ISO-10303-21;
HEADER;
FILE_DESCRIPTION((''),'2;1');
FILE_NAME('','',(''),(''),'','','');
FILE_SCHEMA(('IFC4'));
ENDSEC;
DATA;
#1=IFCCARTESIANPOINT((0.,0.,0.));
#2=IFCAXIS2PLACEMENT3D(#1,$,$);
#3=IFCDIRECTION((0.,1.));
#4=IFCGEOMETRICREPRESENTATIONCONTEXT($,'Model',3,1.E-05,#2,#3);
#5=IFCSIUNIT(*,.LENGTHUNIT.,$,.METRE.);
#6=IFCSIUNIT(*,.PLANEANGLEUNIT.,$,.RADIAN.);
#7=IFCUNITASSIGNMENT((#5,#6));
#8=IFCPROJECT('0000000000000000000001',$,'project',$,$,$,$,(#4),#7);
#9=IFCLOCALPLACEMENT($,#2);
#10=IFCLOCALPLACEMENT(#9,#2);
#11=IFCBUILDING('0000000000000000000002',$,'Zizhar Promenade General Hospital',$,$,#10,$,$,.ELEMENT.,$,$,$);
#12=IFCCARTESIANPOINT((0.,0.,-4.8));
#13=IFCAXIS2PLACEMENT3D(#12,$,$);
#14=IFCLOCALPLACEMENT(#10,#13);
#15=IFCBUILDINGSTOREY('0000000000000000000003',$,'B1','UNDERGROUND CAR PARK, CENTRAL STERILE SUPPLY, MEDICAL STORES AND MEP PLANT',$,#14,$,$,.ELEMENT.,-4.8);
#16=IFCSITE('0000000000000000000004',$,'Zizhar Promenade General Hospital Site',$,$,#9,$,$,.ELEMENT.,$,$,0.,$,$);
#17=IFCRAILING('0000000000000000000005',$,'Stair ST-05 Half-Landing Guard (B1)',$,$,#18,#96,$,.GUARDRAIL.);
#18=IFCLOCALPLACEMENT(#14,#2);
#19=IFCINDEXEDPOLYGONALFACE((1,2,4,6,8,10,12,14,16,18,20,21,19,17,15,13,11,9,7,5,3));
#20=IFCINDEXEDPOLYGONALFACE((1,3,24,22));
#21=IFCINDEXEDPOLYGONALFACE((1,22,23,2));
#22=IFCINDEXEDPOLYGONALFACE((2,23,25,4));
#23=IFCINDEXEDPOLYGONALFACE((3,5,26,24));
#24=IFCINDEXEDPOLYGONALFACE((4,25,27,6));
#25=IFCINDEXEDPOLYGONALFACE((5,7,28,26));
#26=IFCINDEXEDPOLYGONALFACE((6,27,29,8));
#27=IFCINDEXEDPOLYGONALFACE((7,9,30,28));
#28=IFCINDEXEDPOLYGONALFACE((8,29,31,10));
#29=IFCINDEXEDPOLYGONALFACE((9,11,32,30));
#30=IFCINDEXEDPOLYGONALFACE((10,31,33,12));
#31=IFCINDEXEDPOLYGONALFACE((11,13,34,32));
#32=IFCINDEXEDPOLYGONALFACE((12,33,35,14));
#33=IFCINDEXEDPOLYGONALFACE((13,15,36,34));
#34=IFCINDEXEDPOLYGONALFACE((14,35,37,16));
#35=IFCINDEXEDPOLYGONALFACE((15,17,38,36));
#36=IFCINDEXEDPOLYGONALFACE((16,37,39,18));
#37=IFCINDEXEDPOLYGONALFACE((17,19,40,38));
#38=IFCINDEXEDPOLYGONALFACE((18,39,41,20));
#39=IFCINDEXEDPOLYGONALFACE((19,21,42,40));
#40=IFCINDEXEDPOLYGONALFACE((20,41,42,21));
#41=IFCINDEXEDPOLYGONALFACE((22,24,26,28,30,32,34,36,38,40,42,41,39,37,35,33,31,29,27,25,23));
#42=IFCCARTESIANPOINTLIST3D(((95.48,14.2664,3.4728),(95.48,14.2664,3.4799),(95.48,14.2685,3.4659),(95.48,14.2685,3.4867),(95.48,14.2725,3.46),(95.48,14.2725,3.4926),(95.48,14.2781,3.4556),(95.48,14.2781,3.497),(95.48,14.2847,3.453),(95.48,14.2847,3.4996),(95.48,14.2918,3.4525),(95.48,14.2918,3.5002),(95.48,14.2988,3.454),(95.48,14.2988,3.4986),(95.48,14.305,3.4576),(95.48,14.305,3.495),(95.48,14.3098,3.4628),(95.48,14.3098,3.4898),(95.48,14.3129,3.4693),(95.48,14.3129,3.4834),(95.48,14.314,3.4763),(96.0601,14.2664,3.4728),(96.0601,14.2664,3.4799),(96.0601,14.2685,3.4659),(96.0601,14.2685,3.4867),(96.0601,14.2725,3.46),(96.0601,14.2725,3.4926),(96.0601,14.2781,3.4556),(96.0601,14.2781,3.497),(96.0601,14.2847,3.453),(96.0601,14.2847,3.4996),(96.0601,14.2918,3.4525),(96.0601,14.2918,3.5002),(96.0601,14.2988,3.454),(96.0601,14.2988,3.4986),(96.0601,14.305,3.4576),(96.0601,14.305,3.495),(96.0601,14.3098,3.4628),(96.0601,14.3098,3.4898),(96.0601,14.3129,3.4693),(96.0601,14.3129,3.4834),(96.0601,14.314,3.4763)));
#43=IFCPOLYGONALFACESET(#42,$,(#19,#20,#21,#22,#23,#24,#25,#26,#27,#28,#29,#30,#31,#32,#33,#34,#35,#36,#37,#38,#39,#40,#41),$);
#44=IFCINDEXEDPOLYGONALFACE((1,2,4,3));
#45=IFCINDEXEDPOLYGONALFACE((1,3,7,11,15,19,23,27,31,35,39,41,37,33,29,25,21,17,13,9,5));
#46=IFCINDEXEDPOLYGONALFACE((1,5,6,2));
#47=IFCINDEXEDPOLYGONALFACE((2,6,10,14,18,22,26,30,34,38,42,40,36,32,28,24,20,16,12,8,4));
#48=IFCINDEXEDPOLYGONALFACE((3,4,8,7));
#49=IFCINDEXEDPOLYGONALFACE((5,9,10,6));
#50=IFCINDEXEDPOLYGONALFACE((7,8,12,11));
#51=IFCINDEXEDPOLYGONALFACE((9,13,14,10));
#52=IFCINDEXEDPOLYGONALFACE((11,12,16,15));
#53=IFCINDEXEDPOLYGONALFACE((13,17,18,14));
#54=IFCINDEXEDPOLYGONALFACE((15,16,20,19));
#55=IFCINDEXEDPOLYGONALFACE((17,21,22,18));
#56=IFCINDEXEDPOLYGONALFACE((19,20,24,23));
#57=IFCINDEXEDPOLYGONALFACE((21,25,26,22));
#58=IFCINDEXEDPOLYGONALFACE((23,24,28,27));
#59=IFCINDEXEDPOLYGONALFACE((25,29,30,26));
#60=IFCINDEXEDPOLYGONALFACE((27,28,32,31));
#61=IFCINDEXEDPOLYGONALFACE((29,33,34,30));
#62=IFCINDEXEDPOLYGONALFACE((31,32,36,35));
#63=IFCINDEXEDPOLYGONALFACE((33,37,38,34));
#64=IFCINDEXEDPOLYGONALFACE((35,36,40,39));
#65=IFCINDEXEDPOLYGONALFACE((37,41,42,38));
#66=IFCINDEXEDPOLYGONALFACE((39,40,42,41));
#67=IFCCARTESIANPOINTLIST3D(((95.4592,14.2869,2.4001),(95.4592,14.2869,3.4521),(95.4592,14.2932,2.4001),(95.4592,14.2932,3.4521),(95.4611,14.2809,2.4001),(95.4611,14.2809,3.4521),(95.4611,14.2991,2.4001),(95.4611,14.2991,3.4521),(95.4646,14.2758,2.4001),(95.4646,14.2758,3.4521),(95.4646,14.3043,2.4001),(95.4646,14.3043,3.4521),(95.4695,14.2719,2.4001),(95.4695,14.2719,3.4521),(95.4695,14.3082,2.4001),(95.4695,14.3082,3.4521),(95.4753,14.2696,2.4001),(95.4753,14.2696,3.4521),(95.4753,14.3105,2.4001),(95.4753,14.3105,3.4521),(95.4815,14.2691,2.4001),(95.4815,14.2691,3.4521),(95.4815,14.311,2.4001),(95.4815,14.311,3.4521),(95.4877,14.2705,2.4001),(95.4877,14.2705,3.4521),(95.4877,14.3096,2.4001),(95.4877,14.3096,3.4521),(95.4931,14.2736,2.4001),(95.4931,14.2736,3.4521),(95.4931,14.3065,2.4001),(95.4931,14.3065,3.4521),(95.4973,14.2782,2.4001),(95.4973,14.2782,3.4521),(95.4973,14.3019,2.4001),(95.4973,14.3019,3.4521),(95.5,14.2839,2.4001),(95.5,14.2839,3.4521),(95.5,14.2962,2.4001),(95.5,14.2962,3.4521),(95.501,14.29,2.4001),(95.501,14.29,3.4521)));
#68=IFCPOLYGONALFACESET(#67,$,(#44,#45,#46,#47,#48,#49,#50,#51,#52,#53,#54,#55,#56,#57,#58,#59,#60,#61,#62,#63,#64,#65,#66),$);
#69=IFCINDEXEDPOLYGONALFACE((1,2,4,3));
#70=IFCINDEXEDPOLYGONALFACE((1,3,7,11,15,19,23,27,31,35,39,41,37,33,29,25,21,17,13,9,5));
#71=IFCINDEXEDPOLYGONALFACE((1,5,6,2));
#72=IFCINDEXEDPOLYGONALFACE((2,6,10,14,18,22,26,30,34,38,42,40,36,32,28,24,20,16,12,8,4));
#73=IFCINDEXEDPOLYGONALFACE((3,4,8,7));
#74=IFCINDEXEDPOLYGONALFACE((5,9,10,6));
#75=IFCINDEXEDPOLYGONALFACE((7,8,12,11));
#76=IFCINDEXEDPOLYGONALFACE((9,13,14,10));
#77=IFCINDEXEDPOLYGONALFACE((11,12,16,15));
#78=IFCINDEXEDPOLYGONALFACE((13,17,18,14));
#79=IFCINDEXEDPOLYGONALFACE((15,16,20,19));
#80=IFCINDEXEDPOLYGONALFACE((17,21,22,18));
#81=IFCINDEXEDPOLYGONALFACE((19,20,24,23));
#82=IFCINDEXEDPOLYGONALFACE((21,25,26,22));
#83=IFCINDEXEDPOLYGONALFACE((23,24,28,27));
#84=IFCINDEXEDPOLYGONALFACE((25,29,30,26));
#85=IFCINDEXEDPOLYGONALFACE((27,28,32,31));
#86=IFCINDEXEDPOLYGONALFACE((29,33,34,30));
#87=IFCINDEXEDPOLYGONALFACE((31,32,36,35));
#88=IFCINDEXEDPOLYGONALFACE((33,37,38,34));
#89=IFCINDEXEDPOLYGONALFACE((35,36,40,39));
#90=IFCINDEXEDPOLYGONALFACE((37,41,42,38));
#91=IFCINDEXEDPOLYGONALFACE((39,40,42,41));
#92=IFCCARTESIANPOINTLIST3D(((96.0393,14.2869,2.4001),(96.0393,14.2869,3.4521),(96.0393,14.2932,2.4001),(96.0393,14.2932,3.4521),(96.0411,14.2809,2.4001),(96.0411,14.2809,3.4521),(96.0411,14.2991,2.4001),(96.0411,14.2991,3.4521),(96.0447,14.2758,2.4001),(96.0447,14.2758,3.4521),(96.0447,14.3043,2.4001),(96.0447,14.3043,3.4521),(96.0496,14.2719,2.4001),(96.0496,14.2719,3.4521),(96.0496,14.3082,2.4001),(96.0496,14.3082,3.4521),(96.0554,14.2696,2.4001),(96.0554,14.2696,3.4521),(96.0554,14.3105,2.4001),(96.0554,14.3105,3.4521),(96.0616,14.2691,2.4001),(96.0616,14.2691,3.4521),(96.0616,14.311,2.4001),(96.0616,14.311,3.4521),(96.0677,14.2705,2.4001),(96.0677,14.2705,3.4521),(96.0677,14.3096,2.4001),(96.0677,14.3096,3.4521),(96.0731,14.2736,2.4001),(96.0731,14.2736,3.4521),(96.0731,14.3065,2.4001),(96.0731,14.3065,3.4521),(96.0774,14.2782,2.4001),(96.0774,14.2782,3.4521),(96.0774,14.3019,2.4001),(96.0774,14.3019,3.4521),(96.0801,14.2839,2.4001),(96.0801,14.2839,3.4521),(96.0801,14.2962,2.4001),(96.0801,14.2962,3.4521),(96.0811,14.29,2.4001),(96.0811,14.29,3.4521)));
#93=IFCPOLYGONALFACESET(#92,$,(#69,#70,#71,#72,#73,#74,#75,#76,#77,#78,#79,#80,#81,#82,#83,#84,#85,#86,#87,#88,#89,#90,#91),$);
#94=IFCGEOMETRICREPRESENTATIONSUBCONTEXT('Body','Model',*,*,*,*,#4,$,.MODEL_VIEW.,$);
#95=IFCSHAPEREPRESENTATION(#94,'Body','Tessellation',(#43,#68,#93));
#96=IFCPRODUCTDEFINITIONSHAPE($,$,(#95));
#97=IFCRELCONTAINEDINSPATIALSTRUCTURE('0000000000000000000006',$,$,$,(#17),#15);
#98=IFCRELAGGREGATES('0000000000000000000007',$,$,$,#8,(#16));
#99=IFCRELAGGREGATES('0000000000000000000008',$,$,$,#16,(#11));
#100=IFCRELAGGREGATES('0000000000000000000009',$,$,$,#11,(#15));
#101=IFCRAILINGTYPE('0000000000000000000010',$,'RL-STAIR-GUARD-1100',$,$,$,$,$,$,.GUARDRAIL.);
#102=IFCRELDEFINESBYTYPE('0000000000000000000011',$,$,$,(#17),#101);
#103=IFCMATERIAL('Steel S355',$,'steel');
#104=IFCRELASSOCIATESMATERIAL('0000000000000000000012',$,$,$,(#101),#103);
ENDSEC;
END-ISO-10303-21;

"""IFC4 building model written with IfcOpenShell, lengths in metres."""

from ifc_helpers import new_model, si_unit, direction, frame, origin, origin_2d, place, context, subcontext, project, spatial, circle, hollow_circle, extrude, material, material_profile, profile_set, type_object, element, save


model = new_model("IFC4")

# Units and contexts
model_context = context("Model", 3, precision=1e-05, world=origin(), true_north=direction((0.0, 1.0)))
body_context = subcontext(model_context, "Body", "Model", "MODEL_VIEW")
ifc_project = project(units=[si_unit("LENGTHUNIT", "METRE"), si_unit("PLANEANGLEUNIT", "RADIAN")], contexts=[model_context])

# Site, building, storey
site_placement = place(None, origin())
site = spatial("IfcSite", under=ifc_project, at=site_placement, Name="Zizhar Promenade General Hospital Site", CompositionType="ELEMENT", RefElevation=0.0)
building_placement = place(site_placement, origin())
building = spatial("IfcBuilding", under=site, at=building_placement, Name="Zizhar Promenade General Hospital", CompositionType="ELEMENT")
storey_placement = place(building_placement, frame((0.0, 0.0, -4.8)))
storey = spatial("IfcBuildingStorey", under=building, at=storey_placement, Name="B1", Description="UNDERGROUND CAR PARK, CENTRAL STERILE SUPPLY, MEDICAL STORES AND MEP PLANT", CompositionType="ELEMENT", Elevation=-4.8)

# Railing
ifc_material_1 = material(Name="Steel S355", Category="steel")
ifc_material_profile_1 = material_profile(ifc_material_1, hollow_circle(Radius=0.0698, WallThickness=0.0063, at=origin_2d()))
ifc_profile_set_1 = profile_set([ifc_material_profile_1], Name="Steel S355")
railing_type_1 = type_object("IfcRailingType", Name="RL-STAIR-GUARD-1100", PredefinedType="GUARDRAIL", material=ifc_profile_set_1)
railing_1_placement = place(storey_placement, frame((95.48, 14.29, 2.4001)))
element("IfcRailing", 1, at=railing_1_placement, inside=storey, type_object=railing_type_1, Name="Stair ST-05 Half-Landing Guard (B1)", PredefinedType="GUARDRAIL", context=body_context, shape_type="SweptSolid", body=[
    extrude(circle(Radius=0.0239, at=origin_2d()), frame((0.0, 0.0, 1.0762), z_axis=(1.0, 0.0, 0.0), x_axis=(0.0, 1.0, 0.0)), (0.0, 0.0, 1.0), 0.5801),
    extrude(circle(Radius=0.021, at=origin_2d()), origin(), (0.0, 0.0, 1.0), 1.052),
    extrude(circle(Radius=0.021, at=origin_2d()), frame((0.5801, 0.0, 0.0)), (0.0, 0.0, 1.0), 1.052),
])

save(model, "model.ifc")
